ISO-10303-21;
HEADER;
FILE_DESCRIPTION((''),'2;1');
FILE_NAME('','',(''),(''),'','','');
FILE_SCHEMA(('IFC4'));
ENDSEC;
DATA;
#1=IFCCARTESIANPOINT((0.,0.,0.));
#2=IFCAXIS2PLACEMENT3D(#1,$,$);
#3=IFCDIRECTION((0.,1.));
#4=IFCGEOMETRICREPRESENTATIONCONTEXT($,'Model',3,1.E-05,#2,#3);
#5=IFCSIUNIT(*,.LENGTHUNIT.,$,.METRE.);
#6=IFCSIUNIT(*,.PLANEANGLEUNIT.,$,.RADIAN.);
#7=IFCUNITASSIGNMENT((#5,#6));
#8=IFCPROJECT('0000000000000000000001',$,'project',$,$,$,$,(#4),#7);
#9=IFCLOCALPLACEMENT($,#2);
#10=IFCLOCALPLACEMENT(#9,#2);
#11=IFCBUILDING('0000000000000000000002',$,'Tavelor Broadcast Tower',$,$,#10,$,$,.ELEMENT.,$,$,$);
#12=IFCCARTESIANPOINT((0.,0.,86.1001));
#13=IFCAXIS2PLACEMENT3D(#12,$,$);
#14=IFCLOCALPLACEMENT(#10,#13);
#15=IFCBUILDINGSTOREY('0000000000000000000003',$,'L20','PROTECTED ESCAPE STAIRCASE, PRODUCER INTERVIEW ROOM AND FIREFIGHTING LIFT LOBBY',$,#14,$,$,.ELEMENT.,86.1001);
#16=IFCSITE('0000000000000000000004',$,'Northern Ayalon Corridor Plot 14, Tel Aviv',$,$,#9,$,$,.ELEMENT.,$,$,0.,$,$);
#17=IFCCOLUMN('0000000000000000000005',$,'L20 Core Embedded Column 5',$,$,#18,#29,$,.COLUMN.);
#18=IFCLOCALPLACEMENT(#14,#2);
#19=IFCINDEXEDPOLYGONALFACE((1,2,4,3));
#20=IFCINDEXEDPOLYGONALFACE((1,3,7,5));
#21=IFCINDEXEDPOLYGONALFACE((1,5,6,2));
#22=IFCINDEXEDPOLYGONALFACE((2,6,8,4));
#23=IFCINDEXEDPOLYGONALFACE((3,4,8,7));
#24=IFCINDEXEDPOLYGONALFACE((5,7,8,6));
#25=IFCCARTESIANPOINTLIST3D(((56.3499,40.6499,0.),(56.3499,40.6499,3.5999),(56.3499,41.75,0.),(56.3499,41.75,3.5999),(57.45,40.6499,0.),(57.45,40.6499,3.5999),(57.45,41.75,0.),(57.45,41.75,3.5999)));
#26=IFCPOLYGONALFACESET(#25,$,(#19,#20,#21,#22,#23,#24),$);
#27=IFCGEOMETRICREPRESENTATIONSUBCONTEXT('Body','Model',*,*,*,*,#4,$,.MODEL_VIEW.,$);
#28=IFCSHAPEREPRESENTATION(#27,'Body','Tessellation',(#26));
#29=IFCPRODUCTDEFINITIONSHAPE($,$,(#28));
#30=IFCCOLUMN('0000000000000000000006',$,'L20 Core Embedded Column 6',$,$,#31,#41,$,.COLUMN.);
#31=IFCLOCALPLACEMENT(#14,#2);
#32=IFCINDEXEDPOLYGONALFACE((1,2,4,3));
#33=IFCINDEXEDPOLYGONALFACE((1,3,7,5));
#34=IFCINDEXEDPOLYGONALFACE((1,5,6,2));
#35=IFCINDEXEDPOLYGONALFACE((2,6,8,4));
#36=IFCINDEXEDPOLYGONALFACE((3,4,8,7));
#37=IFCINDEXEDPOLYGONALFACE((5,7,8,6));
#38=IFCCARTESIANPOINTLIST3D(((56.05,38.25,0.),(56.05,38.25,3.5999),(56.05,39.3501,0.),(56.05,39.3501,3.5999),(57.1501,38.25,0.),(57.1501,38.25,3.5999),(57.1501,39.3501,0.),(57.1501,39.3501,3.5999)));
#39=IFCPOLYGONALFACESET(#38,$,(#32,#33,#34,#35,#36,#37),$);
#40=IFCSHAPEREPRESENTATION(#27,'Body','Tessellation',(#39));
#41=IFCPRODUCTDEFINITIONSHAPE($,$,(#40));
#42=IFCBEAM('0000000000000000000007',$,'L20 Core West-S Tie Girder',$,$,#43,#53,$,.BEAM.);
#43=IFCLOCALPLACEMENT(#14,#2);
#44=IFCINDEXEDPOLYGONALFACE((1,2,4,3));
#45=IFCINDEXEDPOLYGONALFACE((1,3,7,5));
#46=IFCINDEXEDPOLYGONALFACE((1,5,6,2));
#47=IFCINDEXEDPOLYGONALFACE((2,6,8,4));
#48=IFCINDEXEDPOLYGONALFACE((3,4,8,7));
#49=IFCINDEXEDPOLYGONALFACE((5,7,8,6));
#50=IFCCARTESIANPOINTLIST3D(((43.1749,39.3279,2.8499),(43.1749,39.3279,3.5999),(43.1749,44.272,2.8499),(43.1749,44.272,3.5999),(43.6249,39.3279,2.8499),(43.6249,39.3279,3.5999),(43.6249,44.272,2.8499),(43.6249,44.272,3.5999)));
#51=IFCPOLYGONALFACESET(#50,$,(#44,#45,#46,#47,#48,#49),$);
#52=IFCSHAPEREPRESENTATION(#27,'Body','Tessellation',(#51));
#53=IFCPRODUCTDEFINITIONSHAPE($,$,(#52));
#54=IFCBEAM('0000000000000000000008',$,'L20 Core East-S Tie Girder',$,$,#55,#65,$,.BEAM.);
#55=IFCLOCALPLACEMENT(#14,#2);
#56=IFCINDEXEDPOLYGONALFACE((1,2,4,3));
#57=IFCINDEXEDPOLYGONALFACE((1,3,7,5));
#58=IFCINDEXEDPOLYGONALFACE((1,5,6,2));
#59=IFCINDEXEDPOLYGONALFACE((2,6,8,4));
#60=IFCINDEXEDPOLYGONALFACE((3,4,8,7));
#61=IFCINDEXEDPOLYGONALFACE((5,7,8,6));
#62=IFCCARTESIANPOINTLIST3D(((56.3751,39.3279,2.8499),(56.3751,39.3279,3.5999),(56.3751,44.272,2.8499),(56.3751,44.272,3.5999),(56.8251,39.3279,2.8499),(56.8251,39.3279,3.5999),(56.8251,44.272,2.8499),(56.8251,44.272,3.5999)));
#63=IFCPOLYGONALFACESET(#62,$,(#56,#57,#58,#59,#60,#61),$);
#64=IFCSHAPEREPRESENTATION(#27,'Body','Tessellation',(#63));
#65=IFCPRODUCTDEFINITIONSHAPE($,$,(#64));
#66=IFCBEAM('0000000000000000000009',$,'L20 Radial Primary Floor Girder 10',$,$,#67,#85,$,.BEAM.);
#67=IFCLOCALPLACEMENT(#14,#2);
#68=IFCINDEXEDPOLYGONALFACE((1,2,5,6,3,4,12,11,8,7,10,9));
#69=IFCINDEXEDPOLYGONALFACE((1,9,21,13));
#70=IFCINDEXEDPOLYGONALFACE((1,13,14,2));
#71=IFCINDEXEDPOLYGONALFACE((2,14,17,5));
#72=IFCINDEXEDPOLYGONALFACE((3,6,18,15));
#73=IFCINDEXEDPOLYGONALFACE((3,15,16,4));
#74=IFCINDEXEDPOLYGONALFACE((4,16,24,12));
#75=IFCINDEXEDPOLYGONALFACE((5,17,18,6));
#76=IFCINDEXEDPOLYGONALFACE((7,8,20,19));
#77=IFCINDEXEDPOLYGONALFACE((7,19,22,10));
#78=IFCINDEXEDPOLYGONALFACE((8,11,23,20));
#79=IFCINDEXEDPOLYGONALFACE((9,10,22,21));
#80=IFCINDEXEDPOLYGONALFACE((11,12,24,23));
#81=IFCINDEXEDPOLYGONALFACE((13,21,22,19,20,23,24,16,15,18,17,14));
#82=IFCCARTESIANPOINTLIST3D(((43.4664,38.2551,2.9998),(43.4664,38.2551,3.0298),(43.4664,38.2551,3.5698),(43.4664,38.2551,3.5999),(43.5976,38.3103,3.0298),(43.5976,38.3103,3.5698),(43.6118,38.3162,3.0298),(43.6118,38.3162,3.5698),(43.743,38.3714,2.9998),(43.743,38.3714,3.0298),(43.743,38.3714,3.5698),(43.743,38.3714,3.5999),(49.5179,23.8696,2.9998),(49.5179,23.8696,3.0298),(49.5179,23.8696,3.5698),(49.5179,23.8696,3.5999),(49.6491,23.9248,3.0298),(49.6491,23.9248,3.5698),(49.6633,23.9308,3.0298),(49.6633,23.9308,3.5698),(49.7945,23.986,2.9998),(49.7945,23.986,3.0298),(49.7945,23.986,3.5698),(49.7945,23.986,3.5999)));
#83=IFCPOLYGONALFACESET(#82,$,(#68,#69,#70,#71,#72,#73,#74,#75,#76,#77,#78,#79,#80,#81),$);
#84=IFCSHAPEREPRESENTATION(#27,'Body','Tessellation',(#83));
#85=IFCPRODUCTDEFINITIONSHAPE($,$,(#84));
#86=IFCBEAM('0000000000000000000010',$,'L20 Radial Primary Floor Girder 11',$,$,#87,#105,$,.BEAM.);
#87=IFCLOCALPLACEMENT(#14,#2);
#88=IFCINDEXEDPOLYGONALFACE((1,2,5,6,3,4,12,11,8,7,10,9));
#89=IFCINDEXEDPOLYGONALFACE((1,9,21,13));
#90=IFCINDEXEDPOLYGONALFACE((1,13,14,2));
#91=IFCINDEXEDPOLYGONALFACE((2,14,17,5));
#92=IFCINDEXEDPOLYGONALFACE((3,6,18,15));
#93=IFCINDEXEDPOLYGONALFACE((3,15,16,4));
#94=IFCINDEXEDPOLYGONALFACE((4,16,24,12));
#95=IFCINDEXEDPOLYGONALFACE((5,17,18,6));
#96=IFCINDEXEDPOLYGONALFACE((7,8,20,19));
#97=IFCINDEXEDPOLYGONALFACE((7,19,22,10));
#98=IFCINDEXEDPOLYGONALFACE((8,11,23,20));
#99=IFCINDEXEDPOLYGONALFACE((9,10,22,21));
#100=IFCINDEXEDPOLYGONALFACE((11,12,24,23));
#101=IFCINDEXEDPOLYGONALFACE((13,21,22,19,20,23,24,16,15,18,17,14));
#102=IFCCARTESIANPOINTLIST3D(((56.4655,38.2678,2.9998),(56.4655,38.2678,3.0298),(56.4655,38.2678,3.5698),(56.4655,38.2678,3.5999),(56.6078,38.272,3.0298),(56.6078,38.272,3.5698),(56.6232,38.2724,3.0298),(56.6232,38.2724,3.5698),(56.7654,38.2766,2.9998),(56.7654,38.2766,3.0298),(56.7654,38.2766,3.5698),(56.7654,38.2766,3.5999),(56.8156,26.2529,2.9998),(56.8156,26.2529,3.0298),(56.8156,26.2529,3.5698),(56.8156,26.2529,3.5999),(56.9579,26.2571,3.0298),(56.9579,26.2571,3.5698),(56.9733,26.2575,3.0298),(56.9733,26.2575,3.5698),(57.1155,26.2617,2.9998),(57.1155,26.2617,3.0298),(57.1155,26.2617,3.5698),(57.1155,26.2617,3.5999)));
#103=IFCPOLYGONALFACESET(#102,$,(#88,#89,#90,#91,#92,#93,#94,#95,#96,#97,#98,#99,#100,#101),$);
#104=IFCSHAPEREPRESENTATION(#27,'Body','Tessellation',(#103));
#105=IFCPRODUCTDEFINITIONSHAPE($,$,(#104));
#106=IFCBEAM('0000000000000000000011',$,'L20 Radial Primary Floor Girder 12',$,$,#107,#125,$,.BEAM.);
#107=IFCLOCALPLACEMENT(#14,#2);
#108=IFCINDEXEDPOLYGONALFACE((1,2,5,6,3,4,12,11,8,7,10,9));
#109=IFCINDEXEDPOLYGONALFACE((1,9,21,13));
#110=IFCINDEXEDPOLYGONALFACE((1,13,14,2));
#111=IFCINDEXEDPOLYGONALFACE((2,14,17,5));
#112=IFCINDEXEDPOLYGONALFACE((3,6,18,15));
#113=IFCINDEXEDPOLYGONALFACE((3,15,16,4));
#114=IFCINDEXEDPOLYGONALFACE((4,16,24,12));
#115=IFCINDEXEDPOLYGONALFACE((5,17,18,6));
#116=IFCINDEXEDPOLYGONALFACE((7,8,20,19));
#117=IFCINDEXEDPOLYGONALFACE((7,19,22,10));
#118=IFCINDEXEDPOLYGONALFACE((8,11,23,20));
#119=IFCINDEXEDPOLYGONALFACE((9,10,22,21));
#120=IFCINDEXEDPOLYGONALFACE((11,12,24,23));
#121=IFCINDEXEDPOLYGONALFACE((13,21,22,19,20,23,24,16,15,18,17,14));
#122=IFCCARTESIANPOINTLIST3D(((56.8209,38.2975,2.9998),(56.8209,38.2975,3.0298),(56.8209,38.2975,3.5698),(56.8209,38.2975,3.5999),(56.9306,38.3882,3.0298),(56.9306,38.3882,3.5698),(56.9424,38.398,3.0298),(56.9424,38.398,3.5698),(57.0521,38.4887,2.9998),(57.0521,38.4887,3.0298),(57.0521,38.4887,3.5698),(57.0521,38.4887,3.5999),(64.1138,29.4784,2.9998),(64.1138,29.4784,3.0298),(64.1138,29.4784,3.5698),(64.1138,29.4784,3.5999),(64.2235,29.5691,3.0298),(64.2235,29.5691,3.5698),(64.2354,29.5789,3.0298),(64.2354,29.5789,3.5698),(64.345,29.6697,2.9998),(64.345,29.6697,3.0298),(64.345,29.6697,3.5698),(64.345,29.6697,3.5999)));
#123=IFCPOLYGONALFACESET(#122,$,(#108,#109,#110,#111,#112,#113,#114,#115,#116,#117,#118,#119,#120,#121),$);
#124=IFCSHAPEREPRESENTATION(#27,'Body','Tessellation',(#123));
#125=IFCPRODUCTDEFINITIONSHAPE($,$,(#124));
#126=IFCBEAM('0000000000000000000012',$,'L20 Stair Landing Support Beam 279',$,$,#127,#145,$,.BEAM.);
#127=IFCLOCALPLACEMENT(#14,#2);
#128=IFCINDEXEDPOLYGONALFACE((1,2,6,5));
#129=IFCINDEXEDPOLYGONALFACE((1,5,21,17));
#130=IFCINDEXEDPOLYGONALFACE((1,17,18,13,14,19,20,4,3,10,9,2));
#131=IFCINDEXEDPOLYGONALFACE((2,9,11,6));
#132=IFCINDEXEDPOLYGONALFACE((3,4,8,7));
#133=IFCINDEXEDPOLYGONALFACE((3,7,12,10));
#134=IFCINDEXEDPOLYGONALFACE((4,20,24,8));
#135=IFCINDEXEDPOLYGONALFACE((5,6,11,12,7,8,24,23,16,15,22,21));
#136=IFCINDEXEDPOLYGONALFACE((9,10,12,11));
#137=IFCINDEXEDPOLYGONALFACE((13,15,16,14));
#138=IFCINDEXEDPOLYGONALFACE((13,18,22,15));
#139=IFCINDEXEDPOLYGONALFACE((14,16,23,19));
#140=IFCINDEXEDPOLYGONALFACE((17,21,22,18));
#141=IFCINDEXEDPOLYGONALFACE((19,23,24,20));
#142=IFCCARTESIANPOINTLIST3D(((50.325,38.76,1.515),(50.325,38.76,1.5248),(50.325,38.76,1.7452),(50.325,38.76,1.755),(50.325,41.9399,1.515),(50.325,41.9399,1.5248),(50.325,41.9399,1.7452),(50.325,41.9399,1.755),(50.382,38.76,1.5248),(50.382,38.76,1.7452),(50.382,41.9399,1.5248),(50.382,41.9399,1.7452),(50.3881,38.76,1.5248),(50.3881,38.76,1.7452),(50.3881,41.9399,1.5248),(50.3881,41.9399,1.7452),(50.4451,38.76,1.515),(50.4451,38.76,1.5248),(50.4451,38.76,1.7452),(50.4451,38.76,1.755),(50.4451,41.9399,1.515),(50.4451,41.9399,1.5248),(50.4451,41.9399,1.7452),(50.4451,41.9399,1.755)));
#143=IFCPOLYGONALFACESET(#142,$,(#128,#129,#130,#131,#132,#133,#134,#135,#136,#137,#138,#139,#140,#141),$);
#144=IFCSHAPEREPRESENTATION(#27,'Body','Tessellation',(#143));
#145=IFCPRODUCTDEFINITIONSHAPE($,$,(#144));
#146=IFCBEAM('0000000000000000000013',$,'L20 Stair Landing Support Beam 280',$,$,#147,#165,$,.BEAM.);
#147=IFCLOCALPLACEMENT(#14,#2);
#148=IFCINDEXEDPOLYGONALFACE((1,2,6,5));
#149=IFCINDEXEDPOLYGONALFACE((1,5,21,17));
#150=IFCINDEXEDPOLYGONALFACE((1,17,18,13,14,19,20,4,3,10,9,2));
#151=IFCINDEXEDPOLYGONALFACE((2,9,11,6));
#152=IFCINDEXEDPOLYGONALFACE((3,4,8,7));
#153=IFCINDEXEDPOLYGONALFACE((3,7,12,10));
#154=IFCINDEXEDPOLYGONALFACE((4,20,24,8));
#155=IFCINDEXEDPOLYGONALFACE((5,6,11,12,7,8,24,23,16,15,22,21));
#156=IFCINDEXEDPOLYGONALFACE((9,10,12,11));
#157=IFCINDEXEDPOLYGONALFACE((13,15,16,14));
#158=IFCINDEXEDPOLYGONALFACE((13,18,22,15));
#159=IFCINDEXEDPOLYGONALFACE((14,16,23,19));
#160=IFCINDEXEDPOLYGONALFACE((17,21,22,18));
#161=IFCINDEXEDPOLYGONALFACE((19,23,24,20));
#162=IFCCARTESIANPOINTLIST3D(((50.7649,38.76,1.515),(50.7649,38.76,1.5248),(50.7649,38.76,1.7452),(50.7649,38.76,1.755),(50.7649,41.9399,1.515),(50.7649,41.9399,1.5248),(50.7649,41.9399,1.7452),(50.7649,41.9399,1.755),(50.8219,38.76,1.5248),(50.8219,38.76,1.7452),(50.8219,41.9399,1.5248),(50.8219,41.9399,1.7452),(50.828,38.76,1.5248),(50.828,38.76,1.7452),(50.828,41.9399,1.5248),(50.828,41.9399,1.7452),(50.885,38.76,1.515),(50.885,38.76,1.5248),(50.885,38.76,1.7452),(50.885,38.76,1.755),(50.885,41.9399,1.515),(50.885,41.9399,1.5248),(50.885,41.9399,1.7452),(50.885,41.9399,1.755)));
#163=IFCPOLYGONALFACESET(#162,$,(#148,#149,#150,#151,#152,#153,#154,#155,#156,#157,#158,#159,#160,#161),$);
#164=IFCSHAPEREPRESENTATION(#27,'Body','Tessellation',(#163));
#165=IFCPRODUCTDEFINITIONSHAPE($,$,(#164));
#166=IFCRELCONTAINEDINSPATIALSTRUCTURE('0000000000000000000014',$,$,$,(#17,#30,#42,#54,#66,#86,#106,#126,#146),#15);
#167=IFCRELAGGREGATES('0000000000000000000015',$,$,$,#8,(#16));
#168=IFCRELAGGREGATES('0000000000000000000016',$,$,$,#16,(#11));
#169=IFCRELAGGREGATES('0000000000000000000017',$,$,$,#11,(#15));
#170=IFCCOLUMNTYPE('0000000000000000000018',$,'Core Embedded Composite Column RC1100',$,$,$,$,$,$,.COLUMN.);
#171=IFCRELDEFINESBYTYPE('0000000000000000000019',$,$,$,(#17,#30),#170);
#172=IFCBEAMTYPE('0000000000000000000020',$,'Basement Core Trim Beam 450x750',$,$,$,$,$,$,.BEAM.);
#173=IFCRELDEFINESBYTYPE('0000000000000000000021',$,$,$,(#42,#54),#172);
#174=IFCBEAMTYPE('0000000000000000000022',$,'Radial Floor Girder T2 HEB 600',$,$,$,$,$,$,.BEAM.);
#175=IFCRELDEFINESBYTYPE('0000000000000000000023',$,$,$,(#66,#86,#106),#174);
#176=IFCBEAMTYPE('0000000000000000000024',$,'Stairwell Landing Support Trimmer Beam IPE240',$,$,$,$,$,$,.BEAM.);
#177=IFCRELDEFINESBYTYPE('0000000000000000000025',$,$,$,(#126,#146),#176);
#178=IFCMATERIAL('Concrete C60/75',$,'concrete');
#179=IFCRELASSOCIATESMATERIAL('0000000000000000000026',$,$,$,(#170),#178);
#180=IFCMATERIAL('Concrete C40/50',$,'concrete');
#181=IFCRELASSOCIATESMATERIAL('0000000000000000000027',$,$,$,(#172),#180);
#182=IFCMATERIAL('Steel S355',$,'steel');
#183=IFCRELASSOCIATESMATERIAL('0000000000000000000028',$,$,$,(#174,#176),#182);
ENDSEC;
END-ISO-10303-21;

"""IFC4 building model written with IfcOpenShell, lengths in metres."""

from ifc_helpers import new_model, si_unit, direction, frame, origin, origin_2d, place, context, subcontext, project, spatial, rectangle, i_section, extrude, material, material_profile, profile_set, type_object, element, save


model = new_model("IFC4")

# Units and contexts
model_context = context("Model", 3, precision=1e-05, world=origin(), true_north=direction((0.0, 1.0)))
body_context = subcontext(model_context, "Body", "Model", "MODEL_VIEW")
ifc_project = project(units=[si_unit("LENGTHUNIT", "METRE"), si_unit("PLANEANGLEUNIT", "RADIAN")], contexts=[model_context])

# Site, building, storey
site_placement = place(None, origin())
site = spatial("IfcSite", under=ifc_project, at=site_placement, Name="Northern Ayalon Corridor Plot 14, Tel Aviv", CompositionType="ELEMENT", RefElevation=0.0)
building_placement = place(site_placement, origin())
building = spatial("IfcBuilding", under=site, at=building_placement, Name="Tavelor Broadcast Tower", CompositionType="ELEMENT")
storey_placement = place(building_placement, frame((0.0, 0.0, 86.1001)))
storey = spatial("IfcBuildingStorey", under=building, at=storey_placement, Name="L20", Description="PROTECTED ESCAPE STAIRCASE, PRODUCER INTERVIEW ROOM AND FIREFIGHTING LIFT LOBBY", CompositionType="ELEMENT", Elevation=86.1001)

# Columns
ifc_material_1 = material(Name="Concrete C60/75", Category="concrete")
ifc_material_profile_1 = material_profile(ifc_material_1, rectangle(XDim=1.1001, YDim=1.1001, at=origin_2d()), Name="RC 1100x1100")
ifc_profile_set_1 = profile_set([ifc_material_profile_1], Name="Concrete C60/75")
column_type = type_object("IfcColumnType", Name="Core Embedded Composite Column RC1100", PredefinedType="COLUMN", material=ifc_profile_set_1)
for number, where, z_axis, x_axis, name in (
    (1, (56.8999, 41.2, 0.0), (0.0, 0.0, 1.0), (1.0, 0.0, 0.0), "L20 Core Embedded Column 5"),
    (2, (56.6001, 38.8, 0.0), (0.0, 0.0, 1.0), (1.0, 0.0, 0.0), "L20 Core Embedded Column 6"),
):
    element("IfcColumn", number, at=place(storey_placement, frame(where, z_axis=z_axis, x_axis=x_axis)), inside=storey, type_object=column_type, Name=name, PredefinedType="COLUMN", context=body_context, shape_type="SweptSolid", body=[
        extrude(rectangle(XDim=1.1001, YDim=1.1001, at=origin_2d()), origin(), (0.0, 0.0, 1.0), 3.5999),
    ])

# Beams
ifc_material_2 = material(Name="Concrete C40/50", Category="concrete")
ifc_material_profile_2 = material_profile(ifc_material_2, rectangle(XDim=0.45, YDim=0.75, at=origin_2d()), Name="RC 450x750")
ifc_profile_set_2 = profile_set([ifc_material_profile_2], Name="Concrete C40/50")
beam_type_1 = type_object("IfcBeamType", Name="Basement Core Trim Beam 450x750", PredefinedType="BEAM", material=ifc_profile_set_2)
for number, where, z_axis, x_axis, name in (
    (3, (43.3999, 39.3279, 3.2249), (0.0, 1.0, 0.0), (-1.0, 0.0, 0.0), "L20 Core West-S Tie Girder"),
    (4, (56.6001, 39.3279, 3.2249), (0.0, 1.0, 0.0), (-1.0, 0.0, 0.0), "L20 Core East-S Tie Girder"),
):
    element("IfcBeam", number, at=place(storey_placement, frame(where, z_axis=z_axis, x_axis=x_axis)), inside=storey, type_object=beam_type_1, Name=name, PredefinedType="BEAM", context=body_context, shape_type="SweptSolid", body=[
        extrude(rectangle(XDim=0.45, YDim=0.75, at=origin_2d()), origin(), (0.0, 0.0, 1.0), 4.9441),
    ])
ifc_material_3 = material(Name="Steel S355", Category="steel")
ifc_material_profile_3 = material_profile(ifc_material_3, i_section(OverallWidth=0.3, OverallDepth=0.6001, WebThickness=0.0154, FlangeThickness=0.03, at=origin_2d()), Name="HEB 600")
ifc_profile_set_3 = profile_set([ifc_material_profile_3], Name="Steel S355")
beam_type_2 = type_object("IfcBeamType", Name="Radial Floor Girder T2 HEB 600", PredefinedType="BEAM", material=ifc_profile_set_3)
beam_1_placement = place(storey_placement, frame((43.6047, 38.3132, 3.2998), z_axis=(0.387756, -0.921762, 0.0), x_axis=(0.921762, 0.387756, 0.0)))
element("IfcBeam", 5, at=beam_1_placement, inside=storey, type_object=beam_type_2, Name="L20 Radial Primary Floor Girder 10", PredefinedType="BEAM", context=body_context, shape_type="SweptSolid", body=[
    extrude(i_section(OverallWidth=0.3, OverallDepth=0.6001, WebThickness=0.0154, FlangeThickness=0.03, at=origin_2d()), origin(), (0.0, 0.0, 1.0), 15.6064),
])
beam_2_placement = place(storey_placement, frame((56.6155, 38.2722, 3.2998), z_axis=(0.029126, -0.999576, 0.0), x_axis=(0.999576, 0.029126, 0.0)))
element("IfcBeam", 6, at=beam_2_placement, inside=storey, type_object=beam_type_2, Name="L20 Radial Primary Floor Girder 11", PredefinedType="BEAM", context=body_context, shape_type="SweptSolid", body=[
    extrude(i_section(OverallWidth=0.3, OverallDepth=0.6001, WebThickness=0.0154, FlangeThickness=0.03, at=origin_2d()), origin(), (0.0, 0.0, 1.0), 12.02),
])
beam_3_placement = place(storey_placement, frame((56.9365, 38.3931, 3.2998), z_axis=(0.637278, -0.770634, 0.0), x_axis=(0.770634, 0.637278, 0.0)))
element("IfcBeam", 7, at=beam_3_placement, inside=storey, type_object=beam_type_2, Name="L20 Radial Primary Floor Girder 12", PredefinedType="BEAM", context=body_context, shape_type="SweptSolid", body=[
    extrude(i_section(OverallWidth=0.3, OverallDepth=0.6001, WebThickness=0.0154, FlangeThickness=0.03, at=origin_2d()), origin(), (0.0, 0.0, 1.0), 11.4438),
])
ifc_material_profile_4 = material_profile(ifc_material_3, i_section(OverallWidth=0.1201, OverallDepth=0.24, WebThickness=0.0061, FlangeThickness=0.0098, at=origin_2d()), Name="IPE 240")
ifc_profile_set_4 = profile_set([ifc_material_profile_4], Name="Steel S355")
beam_type_3 = type_object("IfcBeamType", Name="Stairwell Landing Support Trimmer Beam IPE240", PredefinedType="BEAM", material=ifc_profile_set_4)
for number, where, z_axis, x_axis, name in (
    (8, (50.385, 38.76, 1.635), (0.0, 1.0, 0.0), (-1.0, 0.0, 0.0), "L20 Stair Landing Support Beam 279"),
    (9, (50.825, 38.76, 1.635), (0.0, 1.0, 0.0), (-1.0, 0.0, 0.0), "L20 Stair Landing Support Beam 280"),
):
    element("IfcBeam", number, at=place(storey_placement, frame(where, z_axis=z_axis, x_axis=x_axis)), inside=storey, type_object=beam_type_3, Name=name, PredefinedType="BEAM", context=body_context, shape_type="SweptSolid", body=[
        extrude(i_section(OverallWidth=0.1201, OverallDepth=0.24, WebThickness=0.0061, FlangeThickness=0.0098, at=origin_2d()), origin(), (0.0, 0.0, 1.0), 3.1799),
    ])

save(model, "model.ifc")
